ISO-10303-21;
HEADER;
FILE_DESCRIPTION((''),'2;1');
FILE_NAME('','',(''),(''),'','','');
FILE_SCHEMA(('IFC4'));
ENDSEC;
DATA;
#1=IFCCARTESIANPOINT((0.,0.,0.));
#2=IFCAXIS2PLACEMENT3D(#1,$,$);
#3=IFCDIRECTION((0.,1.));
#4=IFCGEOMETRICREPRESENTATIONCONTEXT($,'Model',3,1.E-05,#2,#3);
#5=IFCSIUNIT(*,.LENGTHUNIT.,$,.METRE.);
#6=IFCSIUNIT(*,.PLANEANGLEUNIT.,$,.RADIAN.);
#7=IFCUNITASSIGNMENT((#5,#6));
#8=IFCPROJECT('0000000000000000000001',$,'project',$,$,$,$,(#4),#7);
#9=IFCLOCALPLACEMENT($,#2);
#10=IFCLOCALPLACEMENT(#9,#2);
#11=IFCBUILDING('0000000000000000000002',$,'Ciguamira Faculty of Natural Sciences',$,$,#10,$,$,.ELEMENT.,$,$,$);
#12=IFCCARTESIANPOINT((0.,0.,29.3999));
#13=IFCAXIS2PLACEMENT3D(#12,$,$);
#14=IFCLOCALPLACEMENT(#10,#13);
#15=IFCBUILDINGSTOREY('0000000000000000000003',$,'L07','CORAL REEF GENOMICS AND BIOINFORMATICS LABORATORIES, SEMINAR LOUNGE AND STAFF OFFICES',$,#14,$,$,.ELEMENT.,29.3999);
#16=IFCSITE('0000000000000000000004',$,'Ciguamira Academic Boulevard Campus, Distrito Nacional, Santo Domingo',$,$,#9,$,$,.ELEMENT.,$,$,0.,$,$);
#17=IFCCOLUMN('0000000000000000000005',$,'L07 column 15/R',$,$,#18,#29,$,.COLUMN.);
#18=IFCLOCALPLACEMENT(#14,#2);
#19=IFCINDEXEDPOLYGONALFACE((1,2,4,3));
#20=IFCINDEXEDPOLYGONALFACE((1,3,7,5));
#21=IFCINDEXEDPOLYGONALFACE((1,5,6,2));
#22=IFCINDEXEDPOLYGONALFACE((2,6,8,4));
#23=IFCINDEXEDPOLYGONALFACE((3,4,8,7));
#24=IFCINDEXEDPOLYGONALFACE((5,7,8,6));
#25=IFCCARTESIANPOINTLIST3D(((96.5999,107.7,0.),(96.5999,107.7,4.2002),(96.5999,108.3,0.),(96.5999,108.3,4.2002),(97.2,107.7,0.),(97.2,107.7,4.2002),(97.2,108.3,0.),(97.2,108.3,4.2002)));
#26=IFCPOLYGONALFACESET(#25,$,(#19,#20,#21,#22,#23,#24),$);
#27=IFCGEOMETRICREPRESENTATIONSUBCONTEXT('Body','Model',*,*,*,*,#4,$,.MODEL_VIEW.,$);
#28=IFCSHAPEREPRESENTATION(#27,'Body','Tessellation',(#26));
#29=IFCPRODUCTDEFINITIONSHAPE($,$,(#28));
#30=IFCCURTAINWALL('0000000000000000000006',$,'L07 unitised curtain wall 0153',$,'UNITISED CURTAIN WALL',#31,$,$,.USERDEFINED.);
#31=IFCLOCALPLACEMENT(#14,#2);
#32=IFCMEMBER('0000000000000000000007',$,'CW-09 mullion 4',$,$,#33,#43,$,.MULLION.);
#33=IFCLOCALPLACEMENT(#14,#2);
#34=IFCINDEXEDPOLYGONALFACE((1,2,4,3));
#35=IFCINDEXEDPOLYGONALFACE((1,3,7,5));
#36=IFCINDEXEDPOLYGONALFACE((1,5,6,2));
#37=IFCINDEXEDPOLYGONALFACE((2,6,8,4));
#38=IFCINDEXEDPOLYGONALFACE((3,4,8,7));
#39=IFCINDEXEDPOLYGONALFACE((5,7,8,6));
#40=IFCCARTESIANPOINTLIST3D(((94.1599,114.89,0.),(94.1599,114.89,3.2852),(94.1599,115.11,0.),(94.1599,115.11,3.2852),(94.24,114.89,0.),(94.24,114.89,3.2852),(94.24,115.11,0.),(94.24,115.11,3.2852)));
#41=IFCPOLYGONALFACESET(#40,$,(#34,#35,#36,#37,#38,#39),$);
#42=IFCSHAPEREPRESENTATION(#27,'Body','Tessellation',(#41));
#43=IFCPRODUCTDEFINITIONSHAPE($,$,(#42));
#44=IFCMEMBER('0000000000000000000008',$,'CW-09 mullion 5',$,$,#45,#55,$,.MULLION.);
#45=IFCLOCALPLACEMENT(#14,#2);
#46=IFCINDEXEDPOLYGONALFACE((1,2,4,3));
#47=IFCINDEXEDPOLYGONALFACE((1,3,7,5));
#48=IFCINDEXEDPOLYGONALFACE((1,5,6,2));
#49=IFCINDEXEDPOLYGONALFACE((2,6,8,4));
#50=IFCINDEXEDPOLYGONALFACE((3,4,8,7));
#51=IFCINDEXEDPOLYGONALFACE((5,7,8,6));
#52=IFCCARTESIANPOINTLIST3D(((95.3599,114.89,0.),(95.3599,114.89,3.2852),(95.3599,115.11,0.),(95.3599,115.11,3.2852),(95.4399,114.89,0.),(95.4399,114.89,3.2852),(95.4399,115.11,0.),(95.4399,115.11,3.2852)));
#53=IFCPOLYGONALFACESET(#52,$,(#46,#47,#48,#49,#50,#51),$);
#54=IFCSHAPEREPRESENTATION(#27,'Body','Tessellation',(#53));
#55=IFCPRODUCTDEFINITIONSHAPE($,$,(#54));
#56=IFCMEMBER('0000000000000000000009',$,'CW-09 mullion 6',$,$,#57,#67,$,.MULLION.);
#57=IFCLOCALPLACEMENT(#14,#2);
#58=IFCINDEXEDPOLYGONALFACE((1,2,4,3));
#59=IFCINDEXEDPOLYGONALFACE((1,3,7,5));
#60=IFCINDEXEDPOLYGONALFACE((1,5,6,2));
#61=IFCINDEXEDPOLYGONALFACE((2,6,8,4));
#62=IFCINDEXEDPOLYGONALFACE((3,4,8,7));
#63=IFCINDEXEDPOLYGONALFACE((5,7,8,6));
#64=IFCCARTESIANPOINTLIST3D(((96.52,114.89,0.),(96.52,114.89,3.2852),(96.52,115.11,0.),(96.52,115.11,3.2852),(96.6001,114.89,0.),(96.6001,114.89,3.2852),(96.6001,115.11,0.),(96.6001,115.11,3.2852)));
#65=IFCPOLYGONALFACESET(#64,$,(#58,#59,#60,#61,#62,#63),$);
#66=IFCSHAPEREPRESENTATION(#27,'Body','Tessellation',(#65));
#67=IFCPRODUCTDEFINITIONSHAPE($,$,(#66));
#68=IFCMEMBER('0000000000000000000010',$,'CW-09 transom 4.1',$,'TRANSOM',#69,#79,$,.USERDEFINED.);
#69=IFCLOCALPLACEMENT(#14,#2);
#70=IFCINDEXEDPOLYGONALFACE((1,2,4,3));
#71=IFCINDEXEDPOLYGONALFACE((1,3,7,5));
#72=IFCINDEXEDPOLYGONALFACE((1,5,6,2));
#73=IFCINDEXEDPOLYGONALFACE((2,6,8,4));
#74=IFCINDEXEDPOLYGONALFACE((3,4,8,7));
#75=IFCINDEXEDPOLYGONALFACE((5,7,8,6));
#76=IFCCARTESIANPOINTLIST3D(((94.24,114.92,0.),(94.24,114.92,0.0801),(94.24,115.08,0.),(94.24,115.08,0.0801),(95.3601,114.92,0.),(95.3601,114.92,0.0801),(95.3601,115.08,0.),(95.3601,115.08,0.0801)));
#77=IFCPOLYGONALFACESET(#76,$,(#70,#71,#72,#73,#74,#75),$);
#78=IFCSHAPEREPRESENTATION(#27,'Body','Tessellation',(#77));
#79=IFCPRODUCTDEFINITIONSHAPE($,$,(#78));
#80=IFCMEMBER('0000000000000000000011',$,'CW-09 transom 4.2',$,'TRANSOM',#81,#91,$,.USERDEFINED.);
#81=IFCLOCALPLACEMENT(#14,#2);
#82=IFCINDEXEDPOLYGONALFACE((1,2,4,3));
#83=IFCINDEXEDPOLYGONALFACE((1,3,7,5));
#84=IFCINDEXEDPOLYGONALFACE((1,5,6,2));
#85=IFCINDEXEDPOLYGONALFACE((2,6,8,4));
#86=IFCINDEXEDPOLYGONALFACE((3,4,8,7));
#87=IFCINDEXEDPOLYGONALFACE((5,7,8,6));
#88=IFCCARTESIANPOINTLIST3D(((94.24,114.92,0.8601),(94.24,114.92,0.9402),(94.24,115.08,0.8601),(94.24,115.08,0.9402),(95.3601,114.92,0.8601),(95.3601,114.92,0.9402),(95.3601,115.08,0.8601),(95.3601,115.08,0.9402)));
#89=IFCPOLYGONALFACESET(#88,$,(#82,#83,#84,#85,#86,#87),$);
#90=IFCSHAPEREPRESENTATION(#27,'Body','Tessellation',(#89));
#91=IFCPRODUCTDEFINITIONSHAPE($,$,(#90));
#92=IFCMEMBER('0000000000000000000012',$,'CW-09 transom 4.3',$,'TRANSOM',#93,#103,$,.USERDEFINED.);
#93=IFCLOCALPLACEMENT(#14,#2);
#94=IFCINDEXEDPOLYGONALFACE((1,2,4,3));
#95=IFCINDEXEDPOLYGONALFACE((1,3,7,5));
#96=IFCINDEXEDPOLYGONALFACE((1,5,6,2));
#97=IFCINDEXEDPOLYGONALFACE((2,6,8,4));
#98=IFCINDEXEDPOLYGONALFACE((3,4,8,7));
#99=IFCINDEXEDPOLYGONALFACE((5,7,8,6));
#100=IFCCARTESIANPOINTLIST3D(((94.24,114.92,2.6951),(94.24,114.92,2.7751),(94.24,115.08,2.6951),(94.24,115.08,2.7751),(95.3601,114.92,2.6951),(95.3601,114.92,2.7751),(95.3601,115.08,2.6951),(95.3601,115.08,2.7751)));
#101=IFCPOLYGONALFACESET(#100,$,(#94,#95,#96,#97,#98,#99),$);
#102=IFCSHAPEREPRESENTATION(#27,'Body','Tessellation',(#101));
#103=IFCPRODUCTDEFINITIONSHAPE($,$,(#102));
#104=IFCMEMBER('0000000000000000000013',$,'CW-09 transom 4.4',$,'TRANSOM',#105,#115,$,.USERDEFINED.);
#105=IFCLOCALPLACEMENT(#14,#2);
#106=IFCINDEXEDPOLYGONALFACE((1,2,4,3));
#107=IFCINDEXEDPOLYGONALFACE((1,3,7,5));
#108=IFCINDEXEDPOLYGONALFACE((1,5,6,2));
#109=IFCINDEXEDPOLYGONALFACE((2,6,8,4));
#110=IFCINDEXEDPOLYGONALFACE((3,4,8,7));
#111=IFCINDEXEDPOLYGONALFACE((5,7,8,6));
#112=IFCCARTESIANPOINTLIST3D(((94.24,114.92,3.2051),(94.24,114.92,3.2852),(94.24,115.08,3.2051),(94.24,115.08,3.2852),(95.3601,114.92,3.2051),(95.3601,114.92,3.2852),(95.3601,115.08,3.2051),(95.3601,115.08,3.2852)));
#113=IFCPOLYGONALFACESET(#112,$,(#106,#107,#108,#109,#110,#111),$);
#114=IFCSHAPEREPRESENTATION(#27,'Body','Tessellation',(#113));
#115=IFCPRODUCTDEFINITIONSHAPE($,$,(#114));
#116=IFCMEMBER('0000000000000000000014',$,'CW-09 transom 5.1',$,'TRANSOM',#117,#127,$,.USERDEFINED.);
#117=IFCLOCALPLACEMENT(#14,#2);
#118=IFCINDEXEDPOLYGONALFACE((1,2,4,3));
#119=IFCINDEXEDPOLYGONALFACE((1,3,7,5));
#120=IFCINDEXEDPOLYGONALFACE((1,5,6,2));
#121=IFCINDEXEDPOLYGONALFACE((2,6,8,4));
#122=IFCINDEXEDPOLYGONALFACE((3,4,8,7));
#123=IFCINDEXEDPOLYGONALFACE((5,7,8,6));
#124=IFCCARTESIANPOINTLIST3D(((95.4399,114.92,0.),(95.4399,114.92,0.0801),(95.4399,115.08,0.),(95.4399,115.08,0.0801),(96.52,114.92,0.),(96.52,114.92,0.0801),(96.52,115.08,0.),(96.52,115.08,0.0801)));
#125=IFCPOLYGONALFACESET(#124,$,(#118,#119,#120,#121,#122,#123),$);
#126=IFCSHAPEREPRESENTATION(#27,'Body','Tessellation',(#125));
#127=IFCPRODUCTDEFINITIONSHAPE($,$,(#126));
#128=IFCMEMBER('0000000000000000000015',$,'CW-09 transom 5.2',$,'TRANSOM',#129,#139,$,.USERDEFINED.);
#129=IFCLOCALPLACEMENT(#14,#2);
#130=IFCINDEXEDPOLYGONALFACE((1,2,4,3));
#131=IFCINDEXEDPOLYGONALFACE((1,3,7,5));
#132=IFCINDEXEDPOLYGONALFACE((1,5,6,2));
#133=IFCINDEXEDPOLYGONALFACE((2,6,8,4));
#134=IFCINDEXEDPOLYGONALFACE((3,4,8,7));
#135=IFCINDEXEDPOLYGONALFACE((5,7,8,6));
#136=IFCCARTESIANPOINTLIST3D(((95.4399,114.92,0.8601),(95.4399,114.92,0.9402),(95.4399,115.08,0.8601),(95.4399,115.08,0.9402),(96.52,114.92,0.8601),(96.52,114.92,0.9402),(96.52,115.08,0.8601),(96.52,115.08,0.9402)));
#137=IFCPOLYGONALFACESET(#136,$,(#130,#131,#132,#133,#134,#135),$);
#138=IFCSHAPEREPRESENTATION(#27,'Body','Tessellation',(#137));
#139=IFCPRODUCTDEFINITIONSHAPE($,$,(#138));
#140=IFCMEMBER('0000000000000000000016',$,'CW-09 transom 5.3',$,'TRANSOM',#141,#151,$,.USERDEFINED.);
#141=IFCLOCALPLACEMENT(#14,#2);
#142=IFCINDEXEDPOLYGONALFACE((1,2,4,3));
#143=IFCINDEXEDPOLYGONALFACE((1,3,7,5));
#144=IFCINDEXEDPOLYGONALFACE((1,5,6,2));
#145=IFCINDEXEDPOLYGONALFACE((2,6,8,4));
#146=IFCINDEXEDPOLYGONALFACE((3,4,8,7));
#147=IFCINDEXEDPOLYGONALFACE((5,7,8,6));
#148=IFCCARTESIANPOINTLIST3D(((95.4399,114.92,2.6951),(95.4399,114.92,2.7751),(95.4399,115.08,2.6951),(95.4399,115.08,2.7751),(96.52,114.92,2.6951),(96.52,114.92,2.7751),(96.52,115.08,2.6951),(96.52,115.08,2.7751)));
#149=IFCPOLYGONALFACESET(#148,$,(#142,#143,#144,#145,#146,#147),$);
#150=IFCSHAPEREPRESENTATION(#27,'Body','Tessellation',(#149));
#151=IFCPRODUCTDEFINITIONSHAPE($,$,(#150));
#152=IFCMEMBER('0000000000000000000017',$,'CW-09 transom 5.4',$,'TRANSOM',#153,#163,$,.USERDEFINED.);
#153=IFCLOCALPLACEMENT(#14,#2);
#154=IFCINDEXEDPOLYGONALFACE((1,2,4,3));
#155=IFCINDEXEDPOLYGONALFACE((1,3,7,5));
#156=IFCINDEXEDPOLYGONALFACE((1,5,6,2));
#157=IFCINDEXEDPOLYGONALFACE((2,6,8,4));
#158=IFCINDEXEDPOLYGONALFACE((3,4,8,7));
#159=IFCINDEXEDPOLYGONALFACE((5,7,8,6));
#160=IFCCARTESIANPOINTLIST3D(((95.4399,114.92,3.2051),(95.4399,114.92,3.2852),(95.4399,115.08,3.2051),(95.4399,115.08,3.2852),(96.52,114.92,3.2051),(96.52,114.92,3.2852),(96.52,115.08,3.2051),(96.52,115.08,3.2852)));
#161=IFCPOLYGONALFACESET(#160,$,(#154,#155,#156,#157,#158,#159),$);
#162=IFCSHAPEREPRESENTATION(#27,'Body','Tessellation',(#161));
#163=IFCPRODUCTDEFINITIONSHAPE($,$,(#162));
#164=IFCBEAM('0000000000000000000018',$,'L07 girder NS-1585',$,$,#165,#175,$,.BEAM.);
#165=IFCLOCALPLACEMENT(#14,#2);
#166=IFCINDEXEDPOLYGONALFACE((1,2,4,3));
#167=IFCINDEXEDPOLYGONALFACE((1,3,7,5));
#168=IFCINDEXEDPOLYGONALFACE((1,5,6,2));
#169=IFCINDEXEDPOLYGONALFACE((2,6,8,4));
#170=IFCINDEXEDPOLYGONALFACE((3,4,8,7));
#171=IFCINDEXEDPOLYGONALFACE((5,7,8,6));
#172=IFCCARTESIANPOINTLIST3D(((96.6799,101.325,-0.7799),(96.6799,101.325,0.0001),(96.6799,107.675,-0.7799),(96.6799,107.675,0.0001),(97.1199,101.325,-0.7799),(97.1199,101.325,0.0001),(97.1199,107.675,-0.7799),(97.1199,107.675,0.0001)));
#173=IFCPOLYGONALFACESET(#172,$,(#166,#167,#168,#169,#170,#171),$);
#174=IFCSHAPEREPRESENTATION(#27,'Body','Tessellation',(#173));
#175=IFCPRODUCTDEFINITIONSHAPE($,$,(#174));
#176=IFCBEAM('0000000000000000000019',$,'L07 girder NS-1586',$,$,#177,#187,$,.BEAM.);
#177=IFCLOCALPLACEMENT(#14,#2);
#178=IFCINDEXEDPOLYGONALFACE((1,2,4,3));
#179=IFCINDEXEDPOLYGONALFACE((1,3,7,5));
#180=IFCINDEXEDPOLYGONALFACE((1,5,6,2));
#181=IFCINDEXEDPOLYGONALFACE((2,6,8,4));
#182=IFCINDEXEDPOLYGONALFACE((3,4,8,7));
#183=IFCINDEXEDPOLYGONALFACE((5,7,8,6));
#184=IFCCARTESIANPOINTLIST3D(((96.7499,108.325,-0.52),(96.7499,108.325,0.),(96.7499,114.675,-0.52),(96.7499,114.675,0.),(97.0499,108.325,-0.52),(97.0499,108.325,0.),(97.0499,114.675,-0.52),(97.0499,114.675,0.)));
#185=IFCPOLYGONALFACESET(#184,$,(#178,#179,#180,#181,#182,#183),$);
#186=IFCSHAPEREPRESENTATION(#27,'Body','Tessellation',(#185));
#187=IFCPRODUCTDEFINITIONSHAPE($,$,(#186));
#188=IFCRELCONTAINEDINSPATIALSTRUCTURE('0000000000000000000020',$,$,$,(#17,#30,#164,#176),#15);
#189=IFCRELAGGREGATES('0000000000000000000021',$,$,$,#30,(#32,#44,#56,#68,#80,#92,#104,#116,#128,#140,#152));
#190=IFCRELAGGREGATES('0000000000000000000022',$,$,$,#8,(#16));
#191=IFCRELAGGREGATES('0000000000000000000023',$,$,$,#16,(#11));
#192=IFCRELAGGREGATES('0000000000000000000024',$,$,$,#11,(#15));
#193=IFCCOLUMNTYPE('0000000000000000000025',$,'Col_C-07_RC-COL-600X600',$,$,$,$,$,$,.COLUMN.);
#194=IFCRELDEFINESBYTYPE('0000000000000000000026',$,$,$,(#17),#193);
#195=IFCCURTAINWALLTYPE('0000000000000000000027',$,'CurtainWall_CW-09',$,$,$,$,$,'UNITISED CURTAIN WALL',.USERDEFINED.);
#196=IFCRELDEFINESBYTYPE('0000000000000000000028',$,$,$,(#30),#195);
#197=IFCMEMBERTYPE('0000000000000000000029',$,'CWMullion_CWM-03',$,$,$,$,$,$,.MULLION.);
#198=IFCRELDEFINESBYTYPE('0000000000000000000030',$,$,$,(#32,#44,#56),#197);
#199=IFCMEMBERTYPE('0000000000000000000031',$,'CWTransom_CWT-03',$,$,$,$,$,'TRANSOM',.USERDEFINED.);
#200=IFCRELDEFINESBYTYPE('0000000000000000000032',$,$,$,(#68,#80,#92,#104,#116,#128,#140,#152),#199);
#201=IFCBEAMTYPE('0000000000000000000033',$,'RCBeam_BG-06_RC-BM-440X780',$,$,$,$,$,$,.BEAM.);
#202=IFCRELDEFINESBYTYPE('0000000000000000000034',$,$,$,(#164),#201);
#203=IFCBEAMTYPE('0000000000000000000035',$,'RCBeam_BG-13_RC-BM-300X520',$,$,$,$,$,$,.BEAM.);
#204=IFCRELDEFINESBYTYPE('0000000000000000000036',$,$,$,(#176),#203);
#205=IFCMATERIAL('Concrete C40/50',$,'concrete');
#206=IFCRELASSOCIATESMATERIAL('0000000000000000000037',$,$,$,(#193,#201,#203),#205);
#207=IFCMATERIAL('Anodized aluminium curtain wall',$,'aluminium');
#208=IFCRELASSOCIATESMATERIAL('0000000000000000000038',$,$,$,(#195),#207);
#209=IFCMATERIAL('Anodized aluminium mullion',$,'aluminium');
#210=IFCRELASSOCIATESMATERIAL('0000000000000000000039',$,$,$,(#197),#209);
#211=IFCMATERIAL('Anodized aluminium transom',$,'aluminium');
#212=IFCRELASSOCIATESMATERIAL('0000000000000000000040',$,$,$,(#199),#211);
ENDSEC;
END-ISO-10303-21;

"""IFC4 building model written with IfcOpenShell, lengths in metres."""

from ifc_helpers import new_model, si_unit, direction, frame, origin, origin_2d, place, context, subcontext, project, spatial, rectangle, extrude, material, material_profile, profile_set, type_object, element, aggregate, save


model = new_model("IFC4")

# Units and contexts
model_context = context("Model", 3, precision=1e-05, world=origin(), true_north=direction((0.0, 1.0)))
body_context = subcontext(model_context, "Body", "Model", "MODEL_VIEW")
ifc_project = project(units=[si_unit("LENGTHUNIT", "METRE"), si_unit("PLANEANGLEUNIT", "RADIAN")], contexts=[model_context])

# Site, building, storey
site_placement = place(None, origin())
site = spatial("IfcSite", under=ifc_project, at=site_placement, Name="Ciguamira Academic Boulevard Campus, Distrito Nacional, Santo Domingo", CompositionType="ELEMENT", RefElevation=0.0)
building_placement = place(site_placement, origin())
building = spatial("IfcBuilding", under=site, at=building_placement, Name="Ciguamira Faculty of Natural Sciences", CompositionType="ELEMENT")
storey_placement = place(building_placement, frame((0.0, 0.0, 29.3999)))
storey = spatial("IfcBuildingStorey", under=building, at=storey_placement, Name="L07", Description="CORAL REEF GENOMICS AND BIOINFORMATICS LABORATORIES, SEMINAR LOUNGE AND STAFF OFFICES", CompositionType="ELEMENT", Elevation=29.3999)

# Column
ifc_material_1 = material(Name="Concrete C40/50", Category="concrete")
ifc_material_profile_1 = material_profile(ifc_material_1, rectangle(XDim=0.6001, YDim=0.6001, at=origin_2d()), Name="RC-COL-600X600")
ifc_profile_set_1 = profile_set([ifc_material_profile_1], Name="Concrete C40/50")
column_type = type_object("IfcColumnType", Name="Col_C-07_RC-COL-600X600", PredefinedType="COLUMN", material=ifc_profile_set_1)
column_placement = place(storey_placement, frame((96.8999, 108.0, 0.0), z_axis=(0.0, 0.0, 1.0), x_axis=(1.0, 0.0, 0.0)))
element("IfcColumn", 1, at=column_placement, inside=storey, type_object=column_type, Name="L07 column 15/R", PredefinedType="COLUMN", context=body_context, shape_type="SweptSolid", body=[
    extrude(rectangle(XDim=0.6001, YDim=0.6001, at=origin_2d()), origin(), (0.0, 0.0, 1.0), 4.2002),
])

# Curtain wall, members
ifc_material_2 = material(Name="Anodized aluminium curtain wall", Category="aluminium")
curtain_wall_type = type_object("IfcCurtainWallType", Name="CurtainWall_CW-09", ElementType="UNITISED CURTAIN WALL", PredefinedType="USERDEFINED", material=ifc_material_2)
curtain_wall_placement = place(storey_placement, origin())
curtain_wall = element("IfcCurtainWall", 2, at=curtain_wall_placement, inside=storey, type_object=curtain_wall_type, Name="L07 unitised curtain wall 0153", ObjectType="UNITISED CURTAIN WALL", PredefinedType="USERDEFINED")
ifc_material_3 = material(Name="Anodized aluminium mullion", Category="aluminium")
ifc_material_profile_2 = material_profile(ifc_material_3, rectangle(XDim=0.0801, YDim=0.22, at=origin_2d()), Name="ALU-MUL-80X220")
ifc_profile_set_2 = profile_set([ifc_material_profile_2], Name="Anodized aluminium mullion")
member_type_1 = type_object("IfcMemberType", Name="CWMullion_CWM-03", PredefinedType="MULLION", material=ifc_profile_set_2)
member_1_placement = place(storey_placement, frame((94.2, 115.0, 0.0), z_axis=(0.0, 0.0, 1.0), x_axis=(1.0, 0.0, 0.0)))
member_1 = element("IfcMember", 3, at=member_1_placement, type_object=member_type_1, Name="CW-09 mullion 4", PredefinedType="MULLION", context=body_context, shape_type="SweptSolid", body=[
    extrude(rectangle(XDim=0.0801, YDim=0.22, at=origin_2d()), origin(), (0.0, 0.0, 1.0), 3.2852),
])
member_2_placement = place(storey_placement, frame((95.3999, 115.0, 0.0), z_axis=(0.0, 0.0, 1.0), x_axis=(1.0, 0.0, 0.0)))
member_2 = element("IfcMember", 4, at=member_2_placement, type_object=member_type_1, Name="CW-09 mullion 5", PredefinedType="MULLION", context=body_context, shape_type="SweptSolid", body=[
    extrude(rectangle(XDim=0.0801, YDim=0.22, at=origin_2d()), origin(), (0.0, 0.0, 1.0), 3.2852),
])
member_3_placement = place(storey_placement, frame((96.5601, 115.0, 0.0), z_axis=(0.0, 0.0, 1.0), x_axis=(1.0, 0.0, 0.0)))
member_3 = element("IfcMember", 5, at=member_3_placement, type_object=member_type_1, Name="CW-09 mullion 6", PredefinedType="MULLION", context=body_context, shape_type="SweptSolid", body=[
    extrude(rectangle(XDim=0.0801, YDim=0.22, at=origin_2d()), origin(), (0.0, 0.0, 1.0), 3.2852),
])
ifc_material_4 = material(Name="Anodized aluminium transom", Category="aluminium")
ifc_material_profile_3 = material_profile(ifc_material_4, rectangle(XDim=0.0801, YDim=0.1599, at=origin_2d()), Name="ALU-TRN-80X160")
ifc_profile_set_3 = profile_set([ifc_material_profile_3], Name="Anodized aluminium transom")
member_type_2 = type_object("IfcMemberType", Name="CWTransom_CWT-03", ElementType="TRANSOM", PredefinedType="USERDEFINED", material=ifc_profile_set_3)
member_4_placement = place(storey_placement, frame((94.24, 115.0, 0.04), z_axis=(1.0, 0.0, 0.0), x_axis=(0.0, 0.0, 1.0)))
member_4 = element("IfcMember", 6, at=member_4_placement, type_object=member_type_2, Name="CW-09 transom 4.1", ObjectType="TRANSOM", PredefinedType="USERDEFINED", context=body_context, shape_type="SweptSolid", body=[
    extrude(rectangle(XDim=0.0801, YDim=0.1599, at=origin_2d()), origin(), (0.0, 0.0, 1.0), 1.1201),
])
member_5_placement = place(storey_placement, frame((94.24, 115.0, 0.9001), z_axis=(1.0, 0.0, 0.0), x_axis=(0.0, 0.0, 1.0)))
member_5 = element("IfcMember", 7, at=member_5_placement, type_object=member_type_2, Name="CW-09 transom 4.2", ObjectType="TRANSOM", PredefinedType="USERDEFINED", context=body_context, shape_type="SweptSolid", body=[
    extrude(rectangle(XDim=0.0801, YDim=0.1599, at=origin_2d()), origin(), (0.0, 0.0, 1.0), 1.1201),
])
member_6_placement = place(storey_placement, frame((94.24, 115.0, 2.7351), z_axis=(1.0, 0.0, 0.0), x_axis=(0.0, 0.0, 1.0)))
member_6 = element("IfcMember", 8, at=member_6_placement, type_object=member_type_2, Name="CW-09 transom 4.3", ObjectType="TRANSOM", PredefinedType="USERDEFINED", context=body_context, shape_type="SweptSolid", body=[
    extrude(rectangle(XDim=0.0801, YDim=0.1599, at=origin_2d()), origin(), (0.0, 0.0, 1.0), 1.1201),
])
member_7_placement = place(storey_placement, frame((94.24, 115.0, 3.2451), z_axis=(1.0, 0.0, 0.0), x_axis=(0.0, 0.0, 1.0)))
member_7 = element("IfcMember", 9, at=member_7_placement, type_object=member_type_2, Name="CW-09 transom 4.4", ObjectType="TRANSOM", PredefinedType="USERDEFINED", context=body_context, shape_type="SweptSolid", body=[
    extrude(rectangle(XDim=0.0801, YDim=0.1599, at=origin_2d()), origin(), (0.0, 0.0, 1.0), 1.1201),
])
member_8_placement = place(storey_placement, frame((95.4399, 115.0, 0.04), z_axis=(1.0, 0.0, 0.0), x_axis=(0.0, 0.0, 1.0)))
member_8 = element("IfcMember", 10, at=member_8_placement, type_object=member_type_2, Name="CW-09 transom 5.1", ObjectType="TRANSOM", PredefinedType="USERDEFINED", context=body_context, shape_type="SweptSolid", body=[
    extrude(rectangle(XDim=0.0801, YDim=0.1599, at=origin_2d()), origin(), (0.0, 0.0, 1.0), 1.0801),
])
member_9_placement = place(storey_placement, frame((95.4399, 115.0, 0.9001), z_axis=(1.0, 0.0, 0.0), x_axis=(0.0, 0.0, 1.0)))
member_9 = element("IfcMember", 11, at=member_9_placement, type_object=member_type_2, Name="CW-09 transom 5.2", ObjectType="TRANSOM", PredefinedType="USERDEFINED", context=body_context, shape_type="SweptSolid", body=[
    extrude(rectangle(XDim=0.0801, YDim=0.1599, at=origin_2d()), origin(), (0.0, 0.0, 1.0), 1.0801),
])
member_10_placement = place(storey_placement, frame((95.4399, 115.0, 2.7351), z_axis=(1.0, 0.0, 0.0), x_axis=(0.0, 0.0, 1.0)))
member_10 = element("IfcMember", 12, at=member_10_placement, type_object=member_type_2, Name="CW-09 transom 5.3", ObjectType="TRANSOM", PredefinedType="USERDEFINED", context=body_context, shape_type="SweptSolid", body=[
    extrude(rectangle(XDim=0.0801, YDim=0.1599, at=origin_2d()), origin(), (0.0, 0.0, 1.0), 1.0801),
])
member_11_placement = place(storey_placement, frame((95.4399, 115.0, 3.2451), z_axis=(1.0, 0.0, 0.0), x_axis=(0.0, 0.0, 1.0)))
member_11 = element("IfcMember", 13, at=member_11_placement, type_object=member_type_2, Name="CW-09 transom 5.4", ObjectType="TRANSOM", PredefinedType="USERDEFINED", context=body_context, shape_type="SweptSolid", body=[
    extrude(rectangle(XDim=0.0801, YDim=0.1599, at=origin_2d()), origin(), (0.0, 0.0, 1.0), 1.0801),
])

# Beams
ifc_material_profile_4 = material_profile(ifc_material_1, rectangle(XDim=0.4399, YDim=0.78, at=origin_2d()), Name="RC-BM-440X780")
ifc_profile_set_4 = profile_set([ifc_material_profile_4], Name="Concrete C40/50")
beam_type_1 = type_object("IfcBeamType", Name="RCBeam_BG-06_RC-BM-440X780", PredefinedType="BEAM", material=ifc_profile_set_4)
beam_1_placement = place(storey_placement, frame((96.8999, 101.325, -0.3899), z_axis=(0.0, 1.0, 0.0), x_axis=(-1.0, 0.0, 0.0)))
element("IfcBeam", 14, at=beam_1_placement, inside=storey, type_object=beam_type_1, Name="L07 girder NS-1585", PredefinedType="BEAM", context=body_context, shape_type="SweptSolid", body=[
    extrude(rectangle(XDim=0.4399, YDim=0.78, at=origin_2d()), origin(), (0.0, 0.0, 1.0), 6.3501),
])
ifc_material_profile_5 = material_profile(ifc_material_1, rectangle(XDim=0.3, YDim=0.52, at=origin_2d()), Name="RC-BM-300X520")
ifc_profile_set_5 = profile_set([ifc_material_profile_5], Name="Concrete C40/50")
beam_type_2 = type_object("IfcBeamType", Name="RCBeam_BG-13_RC-BM-300X520", PredefinedType="BEAM", material=ifc_profile_set_5)
beam_2_placement = place(storey_placement, frame((96.8999, 108.325, -0.26), z_axis=(0.0, 1.0, 0.0), x_axis=(-1.0, 0.0, 0.0)))
element("IfcBeam", 15, at=beam_2_placement, inside=storey, type_object=beam_type_2, Name="L07 girder NS-1586", PredefinedType="BEAM", context=body_context, shape_type="SweptSolid", body=[
    extrude(rectangle(XDim=0.3, YDim=0.52, at=origin_2d()), origin(), (0.0, 0.0, 1.0), 6.3501),
])

aggregate(curtain_wall, [member_1, member_2, member_3, member_4, member_5, member_6, member_7, member_8, member_9, member_10, member_11])

save(model, "model.ifc")
